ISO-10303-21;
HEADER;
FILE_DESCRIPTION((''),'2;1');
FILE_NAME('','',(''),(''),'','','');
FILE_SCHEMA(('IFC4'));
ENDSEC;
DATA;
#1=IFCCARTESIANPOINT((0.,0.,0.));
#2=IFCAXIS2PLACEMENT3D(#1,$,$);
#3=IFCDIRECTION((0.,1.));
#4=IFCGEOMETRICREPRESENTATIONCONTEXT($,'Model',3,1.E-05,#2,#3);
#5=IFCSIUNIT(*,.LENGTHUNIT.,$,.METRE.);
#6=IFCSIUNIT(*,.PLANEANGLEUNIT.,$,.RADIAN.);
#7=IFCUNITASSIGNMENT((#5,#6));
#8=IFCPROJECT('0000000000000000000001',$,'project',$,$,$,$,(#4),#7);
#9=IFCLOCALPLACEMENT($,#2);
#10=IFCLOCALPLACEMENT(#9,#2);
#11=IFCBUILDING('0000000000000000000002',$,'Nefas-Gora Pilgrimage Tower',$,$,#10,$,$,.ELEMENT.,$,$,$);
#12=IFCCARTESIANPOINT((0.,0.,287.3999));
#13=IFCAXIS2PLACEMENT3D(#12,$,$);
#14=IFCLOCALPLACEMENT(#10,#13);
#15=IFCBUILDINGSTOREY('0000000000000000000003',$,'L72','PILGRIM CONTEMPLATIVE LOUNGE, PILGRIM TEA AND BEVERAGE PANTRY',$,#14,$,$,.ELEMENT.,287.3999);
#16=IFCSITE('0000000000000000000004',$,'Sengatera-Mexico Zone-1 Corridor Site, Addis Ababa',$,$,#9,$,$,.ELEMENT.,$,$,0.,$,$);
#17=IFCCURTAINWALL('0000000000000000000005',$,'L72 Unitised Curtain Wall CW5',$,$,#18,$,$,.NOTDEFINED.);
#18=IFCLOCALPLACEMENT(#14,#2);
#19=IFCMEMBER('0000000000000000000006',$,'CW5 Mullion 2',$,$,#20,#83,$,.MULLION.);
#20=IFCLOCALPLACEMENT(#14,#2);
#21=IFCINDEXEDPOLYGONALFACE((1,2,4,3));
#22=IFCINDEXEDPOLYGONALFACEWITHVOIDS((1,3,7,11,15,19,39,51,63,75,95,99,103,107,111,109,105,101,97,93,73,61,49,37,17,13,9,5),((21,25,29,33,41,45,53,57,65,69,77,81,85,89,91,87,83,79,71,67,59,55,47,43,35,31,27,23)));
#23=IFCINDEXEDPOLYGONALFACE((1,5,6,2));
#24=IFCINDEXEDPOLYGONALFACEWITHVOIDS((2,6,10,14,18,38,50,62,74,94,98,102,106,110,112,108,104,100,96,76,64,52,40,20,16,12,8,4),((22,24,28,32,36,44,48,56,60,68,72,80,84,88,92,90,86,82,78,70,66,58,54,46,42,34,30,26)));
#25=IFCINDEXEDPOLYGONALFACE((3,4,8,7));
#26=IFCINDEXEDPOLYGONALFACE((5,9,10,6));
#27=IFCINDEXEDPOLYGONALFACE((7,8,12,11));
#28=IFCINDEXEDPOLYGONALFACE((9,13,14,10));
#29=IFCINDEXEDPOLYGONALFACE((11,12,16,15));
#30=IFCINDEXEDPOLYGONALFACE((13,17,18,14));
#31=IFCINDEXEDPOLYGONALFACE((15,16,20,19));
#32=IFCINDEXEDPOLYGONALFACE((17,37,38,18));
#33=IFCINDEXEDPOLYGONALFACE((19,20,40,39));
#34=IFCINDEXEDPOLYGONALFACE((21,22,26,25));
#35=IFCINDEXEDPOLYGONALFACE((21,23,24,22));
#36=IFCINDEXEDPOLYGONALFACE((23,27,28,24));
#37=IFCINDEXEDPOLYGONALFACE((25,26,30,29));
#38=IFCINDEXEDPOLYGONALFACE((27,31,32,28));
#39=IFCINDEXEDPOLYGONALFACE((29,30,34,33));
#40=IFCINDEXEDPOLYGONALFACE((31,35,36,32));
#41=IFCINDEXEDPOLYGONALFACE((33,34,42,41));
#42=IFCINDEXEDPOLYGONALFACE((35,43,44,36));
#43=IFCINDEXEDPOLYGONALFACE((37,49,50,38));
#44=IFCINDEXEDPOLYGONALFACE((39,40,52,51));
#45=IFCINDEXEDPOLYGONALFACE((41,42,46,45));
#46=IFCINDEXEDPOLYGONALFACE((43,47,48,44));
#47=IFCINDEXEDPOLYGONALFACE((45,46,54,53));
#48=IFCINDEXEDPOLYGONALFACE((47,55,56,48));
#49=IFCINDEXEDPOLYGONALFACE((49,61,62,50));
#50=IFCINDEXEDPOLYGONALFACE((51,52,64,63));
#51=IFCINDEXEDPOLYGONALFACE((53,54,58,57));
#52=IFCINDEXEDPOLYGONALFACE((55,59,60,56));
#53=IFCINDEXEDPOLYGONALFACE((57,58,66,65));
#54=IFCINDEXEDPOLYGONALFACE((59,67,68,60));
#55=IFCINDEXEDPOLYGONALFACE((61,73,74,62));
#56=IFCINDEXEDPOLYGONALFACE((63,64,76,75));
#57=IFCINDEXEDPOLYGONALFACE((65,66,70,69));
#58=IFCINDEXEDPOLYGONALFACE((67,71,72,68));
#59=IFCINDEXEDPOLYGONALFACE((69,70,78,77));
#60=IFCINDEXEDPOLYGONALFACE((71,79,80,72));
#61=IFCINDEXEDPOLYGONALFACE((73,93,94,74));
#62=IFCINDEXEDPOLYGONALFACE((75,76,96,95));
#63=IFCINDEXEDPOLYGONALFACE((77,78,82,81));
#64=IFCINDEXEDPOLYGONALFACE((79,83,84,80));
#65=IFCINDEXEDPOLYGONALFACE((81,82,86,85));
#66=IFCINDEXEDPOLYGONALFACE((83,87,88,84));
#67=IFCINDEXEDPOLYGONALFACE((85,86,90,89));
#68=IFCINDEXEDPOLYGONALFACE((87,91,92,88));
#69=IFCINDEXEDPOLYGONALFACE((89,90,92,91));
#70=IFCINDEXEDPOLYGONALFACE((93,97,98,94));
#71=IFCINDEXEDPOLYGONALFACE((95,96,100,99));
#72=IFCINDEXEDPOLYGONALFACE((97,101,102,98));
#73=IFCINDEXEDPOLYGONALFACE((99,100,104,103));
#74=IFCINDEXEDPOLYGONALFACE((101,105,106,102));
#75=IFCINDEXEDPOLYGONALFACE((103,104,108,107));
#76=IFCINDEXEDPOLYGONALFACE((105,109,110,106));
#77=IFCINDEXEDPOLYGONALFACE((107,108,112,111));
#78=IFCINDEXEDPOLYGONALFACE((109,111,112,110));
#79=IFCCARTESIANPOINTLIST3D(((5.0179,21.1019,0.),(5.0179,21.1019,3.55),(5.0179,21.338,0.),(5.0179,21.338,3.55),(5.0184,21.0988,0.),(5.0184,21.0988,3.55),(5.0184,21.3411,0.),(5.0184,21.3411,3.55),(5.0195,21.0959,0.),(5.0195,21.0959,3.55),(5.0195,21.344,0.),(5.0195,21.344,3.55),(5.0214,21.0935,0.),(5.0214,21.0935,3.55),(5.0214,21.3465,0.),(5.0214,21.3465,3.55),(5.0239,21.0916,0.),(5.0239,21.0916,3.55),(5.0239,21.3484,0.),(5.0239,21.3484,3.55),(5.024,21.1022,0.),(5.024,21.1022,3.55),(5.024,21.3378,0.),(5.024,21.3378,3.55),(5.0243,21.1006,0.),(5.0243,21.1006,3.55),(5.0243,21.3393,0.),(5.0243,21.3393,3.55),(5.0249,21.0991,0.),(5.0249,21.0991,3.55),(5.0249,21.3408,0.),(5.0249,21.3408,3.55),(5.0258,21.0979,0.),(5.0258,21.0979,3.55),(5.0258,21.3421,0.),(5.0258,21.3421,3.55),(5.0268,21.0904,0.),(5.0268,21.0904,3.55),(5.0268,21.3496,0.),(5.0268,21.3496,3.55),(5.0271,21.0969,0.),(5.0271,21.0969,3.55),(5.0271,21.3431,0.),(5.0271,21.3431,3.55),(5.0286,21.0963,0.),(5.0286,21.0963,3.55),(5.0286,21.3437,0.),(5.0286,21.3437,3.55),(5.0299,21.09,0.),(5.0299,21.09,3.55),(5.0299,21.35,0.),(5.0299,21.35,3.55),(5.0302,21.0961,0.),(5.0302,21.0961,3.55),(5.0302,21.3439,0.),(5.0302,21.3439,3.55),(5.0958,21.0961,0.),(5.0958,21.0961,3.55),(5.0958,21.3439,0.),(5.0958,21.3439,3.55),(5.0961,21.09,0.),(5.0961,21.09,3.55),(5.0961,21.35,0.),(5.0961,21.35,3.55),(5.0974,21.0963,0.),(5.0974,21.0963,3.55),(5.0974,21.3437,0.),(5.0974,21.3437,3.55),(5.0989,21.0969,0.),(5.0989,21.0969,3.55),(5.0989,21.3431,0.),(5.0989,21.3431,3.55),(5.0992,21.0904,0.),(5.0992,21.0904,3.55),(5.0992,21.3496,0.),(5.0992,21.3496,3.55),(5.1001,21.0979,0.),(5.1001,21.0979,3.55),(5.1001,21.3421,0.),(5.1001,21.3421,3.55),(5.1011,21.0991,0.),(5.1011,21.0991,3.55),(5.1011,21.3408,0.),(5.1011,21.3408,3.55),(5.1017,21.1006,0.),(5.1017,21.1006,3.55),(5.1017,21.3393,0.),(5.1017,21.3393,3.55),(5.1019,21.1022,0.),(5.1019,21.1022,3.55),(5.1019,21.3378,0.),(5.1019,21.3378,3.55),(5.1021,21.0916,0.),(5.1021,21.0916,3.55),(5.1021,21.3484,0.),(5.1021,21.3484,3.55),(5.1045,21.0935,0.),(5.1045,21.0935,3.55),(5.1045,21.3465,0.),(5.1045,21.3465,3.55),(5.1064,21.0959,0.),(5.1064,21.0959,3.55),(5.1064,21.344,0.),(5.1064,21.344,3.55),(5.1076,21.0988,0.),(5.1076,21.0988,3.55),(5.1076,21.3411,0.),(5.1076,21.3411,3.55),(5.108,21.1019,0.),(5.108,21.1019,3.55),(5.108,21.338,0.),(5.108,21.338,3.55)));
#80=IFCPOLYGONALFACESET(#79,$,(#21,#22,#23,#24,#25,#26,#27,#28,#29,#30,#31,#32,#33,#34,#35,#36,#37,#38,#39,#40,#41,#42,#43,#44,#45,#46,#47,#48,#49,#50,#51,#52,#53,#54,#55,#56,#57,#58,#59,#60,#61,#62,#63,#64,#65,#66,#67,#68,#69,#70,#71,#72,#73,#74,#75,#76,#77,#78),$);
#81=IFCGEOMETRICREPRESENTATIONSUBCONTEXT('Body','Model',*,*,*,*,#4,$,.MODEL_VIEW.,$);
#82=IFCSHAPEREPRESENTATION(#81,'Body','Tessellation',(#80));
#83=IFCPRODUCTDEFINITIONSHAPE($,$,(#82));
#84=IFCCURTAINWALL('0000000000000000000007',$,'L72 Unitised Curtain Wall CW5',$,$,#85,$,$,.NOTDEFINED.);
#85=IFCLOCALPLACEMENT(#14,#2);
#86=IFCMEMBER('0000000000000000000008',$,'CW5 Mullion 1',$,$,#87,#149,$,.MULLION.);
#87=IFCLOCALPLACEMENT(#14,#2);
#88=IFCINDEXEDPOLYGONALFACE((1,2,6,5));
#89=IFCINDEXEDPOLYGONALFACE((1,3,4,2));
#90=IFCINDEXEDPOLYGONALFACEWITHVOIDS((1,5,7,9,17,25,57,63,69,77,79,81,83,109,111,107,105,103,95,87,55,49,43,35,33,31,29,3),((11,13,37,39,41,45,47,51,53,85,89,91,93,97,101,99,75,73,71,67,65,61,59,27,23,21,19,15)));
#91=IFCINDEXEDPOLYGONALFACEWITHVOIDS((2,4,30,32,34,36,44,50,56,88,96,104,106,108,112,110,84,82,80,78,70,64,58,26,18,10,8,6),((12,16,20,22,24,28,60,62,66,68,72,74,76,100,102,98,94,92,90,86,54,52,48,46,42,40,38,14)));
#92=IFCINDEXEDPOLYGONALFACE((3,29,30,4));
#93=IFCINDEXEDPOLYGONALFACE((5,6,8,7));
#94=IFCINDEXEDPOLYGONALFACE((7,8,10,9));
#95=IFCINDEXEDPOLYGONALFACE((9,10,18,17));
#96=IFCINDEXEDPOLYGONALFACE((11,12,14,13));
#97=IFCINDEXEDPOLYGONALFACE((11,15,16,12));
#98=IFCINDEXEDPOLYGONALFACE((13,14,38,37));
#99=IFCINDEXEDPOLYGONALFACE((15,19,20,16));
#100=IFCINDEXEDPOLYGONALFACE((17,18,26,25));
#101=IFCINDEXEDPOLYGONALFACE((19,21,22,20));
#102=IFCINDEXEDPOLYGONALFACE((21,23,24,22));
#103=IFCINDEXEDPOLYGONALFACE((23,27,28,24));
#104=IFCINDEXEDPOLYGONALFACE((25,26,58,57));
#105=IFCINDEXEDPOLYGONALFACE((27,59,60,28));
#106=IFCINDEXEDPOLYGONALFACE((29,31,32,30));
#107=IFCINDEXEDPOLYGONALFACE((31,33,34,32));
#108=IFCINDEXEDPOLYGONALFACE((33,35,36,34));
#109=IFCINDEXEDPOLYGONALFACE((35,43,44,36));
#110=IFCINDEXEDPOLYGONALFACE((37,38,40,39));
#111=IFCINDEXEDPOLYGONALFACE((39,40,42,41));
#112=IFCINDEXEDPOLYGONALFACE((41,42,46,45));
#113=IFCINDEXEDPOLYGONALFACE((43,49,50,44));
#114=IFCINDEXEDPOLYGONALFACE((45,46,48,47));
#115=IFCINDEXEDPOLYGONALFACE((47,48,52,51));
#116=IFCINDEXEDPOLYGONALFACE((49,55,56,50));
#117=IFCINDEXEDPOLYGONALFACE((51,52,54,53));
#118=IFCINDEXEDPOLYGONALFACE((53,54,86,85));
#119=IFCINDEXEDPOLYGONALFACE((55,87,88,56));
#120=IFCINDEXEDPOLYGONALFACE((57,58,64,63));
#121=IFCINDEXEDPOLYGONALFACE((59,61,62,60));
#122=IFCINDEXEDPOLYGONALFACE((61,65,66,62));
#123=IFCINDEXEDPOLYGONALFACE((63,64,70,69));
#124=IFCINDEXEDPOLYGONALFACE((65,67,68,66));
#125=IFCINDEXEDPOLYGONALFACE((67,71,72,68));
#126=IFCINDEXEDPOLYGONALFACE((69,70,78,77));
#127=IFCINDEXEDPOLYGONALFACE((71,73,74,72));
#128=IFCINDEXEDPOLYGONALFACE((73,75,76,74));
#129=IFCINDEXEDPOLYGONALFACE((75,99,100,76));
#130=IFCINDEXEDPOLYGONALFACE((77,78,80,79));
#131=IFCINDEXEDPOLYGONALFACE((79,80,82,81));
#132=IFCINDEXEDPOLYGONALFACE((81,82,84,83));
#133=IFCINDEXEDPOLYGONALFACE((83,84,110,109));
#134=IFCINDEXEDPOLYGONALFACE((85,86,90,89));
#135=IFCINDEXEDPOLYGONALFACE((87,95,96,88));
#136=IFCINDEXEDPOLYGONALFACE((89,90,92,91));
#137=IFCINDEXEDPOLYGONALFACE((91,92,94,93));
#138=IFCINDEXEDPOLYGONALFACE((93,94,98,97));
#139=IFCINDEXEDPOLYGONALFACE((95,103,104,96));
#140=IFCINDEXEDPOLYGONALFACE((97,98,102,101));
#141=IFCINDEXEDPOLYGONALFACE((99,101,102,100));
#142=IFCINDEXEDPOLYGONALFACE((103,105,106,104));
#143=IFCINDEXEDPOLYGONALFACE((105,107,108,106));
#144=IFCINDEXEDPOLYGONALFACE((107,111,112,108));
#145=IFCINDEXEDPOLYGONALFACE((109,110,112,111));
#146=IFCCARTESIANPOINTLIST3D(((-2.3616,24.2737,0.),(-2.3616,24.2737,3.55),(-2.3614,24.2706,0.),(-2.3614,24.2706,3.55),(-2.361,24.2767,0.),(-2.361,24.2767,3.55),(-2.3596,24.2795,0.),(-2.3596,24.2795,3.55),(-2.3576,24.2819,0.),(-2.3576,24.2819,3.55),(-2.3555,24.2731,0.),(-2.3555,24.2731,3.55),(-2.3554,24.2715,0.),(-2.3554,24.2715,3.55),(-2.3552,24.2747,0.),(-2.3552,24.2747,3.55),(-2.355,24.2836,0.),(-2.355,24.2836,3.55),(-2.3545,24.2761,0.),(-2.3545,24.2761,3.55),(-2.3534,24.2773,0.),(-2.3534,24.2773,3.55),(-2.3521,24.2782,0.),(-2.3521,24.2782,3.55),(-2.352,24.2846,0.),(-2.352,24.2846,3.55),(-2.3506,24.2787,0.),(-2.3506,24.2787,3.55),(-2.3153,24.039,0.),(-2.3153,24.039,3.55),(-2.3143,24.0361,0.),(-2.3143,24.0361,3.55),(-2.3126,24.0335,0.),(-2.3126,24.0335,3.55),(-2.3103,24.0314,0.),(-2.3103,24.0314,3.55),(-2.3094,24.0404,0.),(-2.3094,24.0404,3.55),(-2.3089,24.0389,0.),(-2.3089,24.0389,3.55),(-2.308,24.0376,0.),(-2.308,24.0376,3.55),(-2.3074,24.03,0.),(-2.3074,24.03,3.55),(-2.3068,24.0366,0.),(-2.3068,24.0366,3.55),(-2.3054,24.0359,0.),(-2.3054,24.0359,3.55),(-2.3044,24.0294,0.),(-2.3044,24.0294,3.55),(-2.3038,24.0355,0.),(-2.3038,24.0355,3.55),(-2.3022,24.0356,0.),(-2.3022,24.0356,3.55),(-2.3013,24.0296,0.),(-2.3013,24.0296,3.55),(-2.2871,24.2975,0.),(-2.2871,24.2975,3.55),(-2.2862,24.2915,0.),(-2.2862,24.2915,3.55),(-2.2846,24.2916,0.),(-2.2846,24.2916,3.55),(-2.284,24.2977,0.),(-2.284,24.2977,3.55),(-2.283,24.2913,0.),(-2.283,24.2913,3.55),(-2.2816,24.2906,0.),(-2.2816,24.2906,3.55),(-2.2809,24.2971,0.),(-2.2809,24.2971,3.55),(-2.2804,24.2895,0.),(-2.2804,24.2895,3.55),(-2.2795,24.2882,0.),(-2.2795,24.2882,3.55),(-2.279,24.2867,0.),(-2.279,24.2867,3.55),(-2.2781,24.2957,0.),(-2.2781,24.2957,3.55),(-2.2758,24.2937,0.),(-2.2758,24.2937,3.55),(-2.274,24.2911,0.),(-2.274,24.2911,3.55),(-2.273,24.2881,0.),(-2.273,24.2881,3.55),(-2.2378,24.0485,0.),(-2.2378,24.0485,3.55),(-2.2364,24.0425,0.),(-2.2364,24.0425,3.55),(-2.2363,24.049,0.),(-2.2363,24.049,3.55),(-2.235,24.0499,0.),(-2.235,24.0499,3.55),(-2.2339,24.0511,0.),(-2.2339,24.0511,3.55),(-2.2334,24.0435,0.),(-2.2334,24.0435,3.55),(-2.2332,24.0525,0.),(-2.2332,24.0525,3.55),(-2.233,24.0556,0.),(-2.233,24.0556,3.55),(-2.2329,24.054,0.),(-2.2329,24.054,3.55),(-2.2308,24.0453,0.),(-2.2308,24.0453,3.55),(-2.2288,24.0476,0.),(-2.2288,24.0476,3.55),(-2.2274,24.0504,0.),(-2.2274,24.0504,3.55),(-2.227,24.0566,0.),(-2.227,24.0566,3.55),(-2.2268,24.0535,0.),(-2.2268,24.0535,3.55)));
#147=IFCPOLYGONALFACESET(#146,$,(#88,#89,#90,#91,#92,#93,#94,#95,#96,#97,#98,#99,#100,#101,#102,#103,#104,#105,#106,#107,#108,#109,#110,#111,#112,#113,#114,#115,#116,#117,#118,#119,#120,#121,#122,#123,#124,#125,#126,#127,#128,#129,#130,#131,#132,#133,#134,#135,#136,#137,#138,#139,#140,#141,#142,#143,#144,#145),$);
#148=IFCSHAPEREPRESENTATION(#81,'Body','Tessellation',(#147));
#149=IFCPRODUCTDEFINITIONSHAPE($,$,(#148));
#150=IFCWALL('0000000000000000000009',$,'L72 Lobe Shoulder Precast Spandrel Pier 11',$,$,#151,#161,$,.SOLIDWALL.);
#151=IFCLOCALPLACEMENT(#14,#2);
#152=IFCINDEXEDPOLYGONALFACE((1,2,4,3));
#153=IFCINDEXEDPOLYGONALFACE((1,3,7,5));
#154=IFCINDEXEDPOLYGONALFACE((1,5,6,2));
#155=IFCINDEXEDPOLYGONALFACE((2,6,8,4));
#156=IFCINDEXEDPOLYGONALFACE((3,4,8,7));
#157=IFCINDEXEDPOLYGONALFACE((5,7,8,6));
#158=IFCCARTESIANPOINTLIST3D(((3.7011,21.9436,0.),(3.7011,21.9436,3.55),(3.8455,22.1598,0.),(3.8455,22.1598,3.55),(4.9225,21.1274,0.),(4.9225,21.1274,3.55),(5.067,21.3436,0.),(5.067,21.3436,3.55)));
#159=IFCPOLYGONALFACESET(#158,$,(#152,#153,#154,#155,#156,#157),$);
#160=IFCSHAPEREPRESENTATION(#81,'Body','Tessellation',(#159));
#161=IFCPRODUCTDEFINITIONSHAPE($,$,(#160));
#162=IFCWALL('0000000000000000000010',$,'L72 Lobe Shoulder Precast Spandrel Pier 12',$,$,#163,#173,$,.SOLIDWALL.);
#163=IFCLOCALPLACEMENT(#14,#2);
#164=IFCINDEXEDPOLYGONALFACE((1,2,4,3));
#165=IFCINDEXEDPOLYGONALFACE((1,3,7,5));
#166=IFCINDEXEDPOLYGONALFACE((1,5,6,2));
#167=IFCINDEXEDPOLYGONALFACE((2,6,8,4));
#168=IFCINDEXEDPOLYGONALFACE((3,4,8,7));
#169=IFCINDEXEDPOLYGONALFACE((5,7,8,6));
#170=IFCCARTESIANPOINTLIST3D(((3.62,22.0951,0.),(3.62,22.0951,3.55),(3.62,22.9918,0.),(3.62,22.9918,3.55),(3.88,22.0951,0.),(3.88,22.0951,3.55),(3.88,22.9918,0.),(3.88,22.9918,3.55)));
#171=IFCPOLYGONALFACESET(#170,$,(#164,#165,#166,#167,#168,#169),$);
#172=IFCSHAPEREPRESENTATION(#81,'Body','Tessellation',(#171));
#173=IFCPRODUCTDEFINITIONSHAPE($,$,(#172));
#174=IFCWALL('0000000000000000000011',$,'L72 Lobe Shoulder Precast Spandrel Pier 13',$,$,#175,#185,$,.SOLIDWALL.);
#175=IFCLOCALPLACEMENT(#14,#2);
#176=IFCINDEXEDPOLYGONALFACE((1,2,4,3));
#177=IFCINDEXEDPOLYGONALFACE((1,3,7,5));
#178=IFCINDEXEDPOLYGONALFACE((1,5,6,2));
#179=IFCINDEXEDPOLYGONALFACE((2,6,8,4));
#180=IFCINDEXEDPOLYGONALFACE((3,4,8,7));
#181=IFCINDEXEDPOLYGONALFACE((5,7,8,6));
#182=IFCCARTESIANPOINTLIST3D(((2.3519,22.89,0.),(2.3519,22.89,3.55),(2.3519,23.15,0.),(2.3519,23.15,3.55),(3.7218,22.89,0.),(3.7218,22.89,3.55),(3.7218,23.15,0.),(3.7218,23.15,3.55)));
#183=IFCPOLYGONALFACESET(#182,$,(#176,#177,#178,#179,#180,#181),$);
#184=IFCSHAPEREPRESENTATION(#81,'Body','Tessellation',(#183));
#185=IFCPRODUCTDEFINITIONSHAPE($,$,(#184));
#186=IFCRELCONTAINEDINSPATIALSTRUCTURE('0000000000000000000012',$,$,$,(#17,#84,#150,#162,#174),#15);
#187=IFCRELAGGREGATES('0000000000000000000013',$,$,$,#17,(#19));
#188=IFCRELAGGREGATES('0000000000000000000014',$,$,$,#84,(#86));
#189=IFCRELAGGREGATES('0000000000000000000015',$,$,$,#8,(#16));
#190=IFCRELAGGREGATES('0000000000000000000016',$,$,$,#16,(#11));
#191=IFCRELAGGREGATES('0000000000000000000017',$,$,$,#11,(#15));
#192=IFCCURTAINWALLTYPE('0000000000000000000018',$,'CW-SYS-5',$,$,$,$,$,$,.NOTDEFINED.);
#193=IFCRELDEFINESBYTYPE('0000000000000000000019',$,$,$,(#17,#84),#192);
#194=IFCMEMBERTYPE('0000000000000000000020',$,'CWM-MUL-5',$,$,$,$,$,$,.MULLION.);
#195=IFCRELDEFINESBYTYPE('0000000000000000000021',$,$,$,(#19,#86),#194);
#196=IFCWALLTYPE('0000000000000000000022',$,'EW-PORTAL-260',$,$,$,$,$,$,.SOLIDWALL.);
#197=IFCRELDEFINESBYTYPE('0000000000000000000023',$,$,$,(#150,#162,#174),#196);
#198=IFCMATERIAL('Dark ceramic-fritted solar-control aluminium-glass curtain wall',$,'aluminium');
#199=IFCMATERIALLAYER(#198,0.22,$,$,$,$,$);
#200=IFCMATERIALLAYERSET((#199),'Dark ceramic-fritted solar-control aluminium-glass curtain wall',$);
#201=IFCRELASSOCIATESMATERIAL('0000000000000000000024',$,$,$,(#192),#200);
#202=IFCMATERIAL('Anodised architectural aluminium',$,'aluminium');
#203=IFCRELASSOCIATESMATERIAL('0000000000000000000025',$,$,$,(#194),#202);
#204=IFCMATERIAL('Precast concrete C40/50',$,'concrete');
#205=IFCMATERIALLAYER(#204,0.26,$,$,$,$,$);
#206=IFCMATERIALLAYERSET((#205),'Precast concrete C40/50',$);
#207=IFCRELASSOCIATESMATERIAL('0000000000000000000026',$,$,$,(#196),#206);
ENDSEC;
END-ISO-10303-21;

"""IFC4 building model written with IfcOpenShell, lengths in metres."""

from ifc_helpers import new_model, si_unit, direction, frame, frame_2d, origin, origin_2d, place, context, subcontext, project, spatial, rectangle, hollow_rectangle, extrude, source, transform, mapped, material, layer, layer_set, material_profile, profile_set, type_object, element, aggregate, save


model = new_model("IFC4")

# Units and contexts
model_context = context("Model", 3, precision=1e-05, world=origin(), true_north=direction((0.0, 1.0)))
body_context = subcontext(model_context, "Body", "Model", "MODEL_VIEW")
ifc_project = project(units=[si_unit("LENGTHUNIT", "METRE"), si_unit("PLANEANGLEUNIT", "RADIAN")], contexts=[model_context])

# Site, building, storey
site_placement = place(None, origin())
site = spatial("IfcSite", under=ifc_project, at=site_placement, Name="Sengatera-Mexico Zone-1 Corridor Site, Addis Ababa", CompositionType="ELEMENT", RefElevation=0.0)
building_placement = place(site_placement, origin())
building = spatial("IfcBuilding", under=site, at=building_placement, Name="Nefas-Gora Pilgrimage Tower", CompositionType="ELEMENT")
storey_placement = place(building_placement, frame((0.0, 0.0, 287.3999)))
storey = spatial("IfcBuildingStorey", under=building, at=storey_placement, Name="L72", Description="PILGRIM CONTEMPLATIVE LOUNGE, PILGRIM TEA AND BEVERAGE PANTRY", CompositionType="ELEMENT", Elevation=287.3999)

# Curtain walls, members
ifc_material_1 = material(Name="Dark ceramic-fritted solar-control aluminium-glass curtain wall", Category="aluminium")
ifc_layer_1 = layer(ifc_material_1, 0.22)
ifc_layer_set_1 = layer_set([ifc_layer_1], Name="Dark ceramic-fritted solar-control aluminium-glass curtain wall")
curtain_wall_type = type_object("IfcCurtainWallType", Name="CW-SYS-5", PredefinedType="NOTDEFINED", material=ifc_layer_set_1)
curtain_wall_1_placement = place(storey_placement, origin())
curtain_wall_1 = element("IfcCurtainWall", 1, at=curtain_wall_1_placement, inside=storey, type_object=curtain_wall_type, Name="L72 Unitised Curtain Wall CW5", PredefinedType="NOTDEFINED")
ifc_material_2 = material(Name="Anodised architectural aluminium", Category="aluminium")
ifc_material_profile_1 = material_profile(ifc_material_2, hollow_rectangle(XDim=0.0901, YDim=0.26, WallThickness=0.0061, InnerFilletRadius=0.0061, OuterFilletRadius=0.012, at=origin_2d()), Name="ALU MULLION 90x260")
ifc_profile_set_1 = profile_set([ifc_material_profile_1], Name="Anodised architectural aluminium")
member_type = type_object("IfcMemberType", Name="CWM-MUL-5", PredefinedType="MULLION", material=ifc_profile_set_1)
shared_shape_1 = source(origin(), body_context, "Body", "SweptSolid", [
    extrude(hollow_rectangle(XDim=0.0901, YDim=0.26, WallThickness=0.0061, InnerFilletRadius=0.0061, OuterFilletRadius=0.012, at=origin_2d()), origin(), (0.0, 0.0, 1.0), 3.55),
])
member_1_placement = place(storey_placement, frame((5.063, 21.22, 0.0), z_axis=(0.0, 0.0, 1.0), x_axis=(-1.0, 0.0, 0.0)))
member_1 = element("IfcMember", 2, at=member_1_placement, type_object=member_type, Name="CW5 Mullion 2", PredefinedType="MULLION", context=body_context, shape_type="MappedRepresentation", body=[
    mapped(shared_shape_1, transform((0.0, 0.0, 0.0), x_axis=(1.0, 0.0, 0.0), y_axis=(0.0, 1.0, 0.0), z_axis=(0.0, 0.0, 1.0), scale=1.0)),
])
aggregate(curtain_wall_1, [member_1])
curtain_wall_2_placement = place(storey_placement, origin())
curtain_wall_2 = element("IfcCurtainWall", 3, at=curtain_wall_2_placement, inside=storey, type_object=curtain_wall_type, Name="L72 Unitised Curtain Wall CW5", PredefinedType="NOTDEFINED")
member_2_placement = place(storey_placement, frame((-2.2942, 24.1636, 0.0), z_axis=(0.0, 0.0, 1.0), x_axis=(-0.980783, -0.195102, 0.0)))
member_2 = element("IfcMember", 4, at=member_2_placement, type_object=member_type, Name="CW5 Mullion 1", PredefinedType="MULLION", context=body_context, shape_type="MappedRepresentation", body=[
    mapped(shared_shape_1, transform((0.0, 0.0, 0.0), x_axis=(1.0, 0.0, 0.0), y_axis=(0.0, 1.0, 0.0), z_axis=(0.0, 0.0, 1.0), scale=1.0)),
])
aggregate(curtain_wall_2, [member_2])

# Walls
ifc_material_3 = material(Name="Precast concrete C40/50", Category="concrete")
ifc_layer_2 = layer(ifc_material_3, 0.26)
ifc_layer_set_2 = layer_set([ifc_layer_2], Name="Precast concrete C40/50")
wall_type_1 = type_object("IfcWallType", Name="EW-PORTAL-260", PredefinedType="SOLIDWALL", material=ifc_layer_set_2)
shared_shape_2 = source(origin(), body_context, "Body", "SweptSolid", [
    extrude(rectangle(XDim=1.469, YDim=0.26, at=frame_2d((0.7344, 0.0))), origin(), (0.0, 0.0, 1.0), 3.55),
])
wall_1_placement = place(storey_placement, frame((4.9946, 21.2356, 0.0), z_axis=(0.0, 0.0, 1.0), x_axis=(-0.831462, 0.555582, 0.0)))
element("IfcWall", 5, at=wall_1_placement, inside=storey, type_object=wall_type_1, Name="L72 Lobe Shoulder Precast Spandrel Pier 11", PredefinedType="SOLIDWALL", context=body_context, shape_type="MappedRepresentation", body=[
    mapped(shared_shape_2, transform((0.0, 0.0, 0.0), x_axis=(1.0, 0.0, 0.0), y_axis=(0.0, 1.0, 0.0), z_axis=(0.0, 0.0, 1.0), scale=1.0)),
])
shared_shape_3 = source(origin(), body_context, "Body", "SweptSolid", [
    extrude(rectangle(XDim=0.8967, YDim=0.26, at=frame_2d((0.4482, 0.0))), origin(), (0.0, 0.0, 1.0), 3.55),
])
wall_2_placement = place(storey_placement, frame((3.75, 22.0952, 0.0), z_axis=(0.0, 0.0, 1.0), x_axis=(0.0, 1.0, 0.0)))
element("IfcWall", 6, at=wall_2_placement, inside=storey, type_object=wall_type_1, Name="L72 Lobe Shoulder Precast Spandrel Pier 12", PredefinedType="SOLIDWALL", context=body_context, shape_type="MappedRepresentation", body=[
    mapped(shared_shape_3, transform((0.0, 0.0, 0.0), x_axis=(1.0, 0.0, 0.0), y_axis=(0.0, 1.0, 0.0), z_axis=(0.0, 0.0, 1.0), scale=1.0)),
])
shared_shape_4 = source(origin(), body_context, "Body", "SweptSolid", [
    extrude(rectangle(XDim=1.3699, YDim=0.26, at=frame_2d((0.6851, 0.0))), origin(), (0.0, 0.0, 1.0), 3.55),
])
wall_3_placement = place(storey_placement, frame((3.7219, 23.02, 0.0), z_axis=(0.0, 0.0, 1.0), x_axis=(-1.0, 0.0, 0.0)))
element("IfcWall", 7, at=wall_3_placement, inside=storey, type_object=wall_type_1, Name="L72 Lobe Shoulder Precast Spandrel Pier 13", PredefinedType="SOLIDWALL", context=body_context, shape_type="MappedRepresentation", body=[
    mapped(shared_shape_4, transform((0.0, 0.0, 0.0), x_axis=(1.0, 0.0, 0.0), y_axis=(0.0, 1.0, 0.0), z_axis=(0.0, 0.0, 1.0), scale=1.0)),
])

save(model, "model.ifc")
